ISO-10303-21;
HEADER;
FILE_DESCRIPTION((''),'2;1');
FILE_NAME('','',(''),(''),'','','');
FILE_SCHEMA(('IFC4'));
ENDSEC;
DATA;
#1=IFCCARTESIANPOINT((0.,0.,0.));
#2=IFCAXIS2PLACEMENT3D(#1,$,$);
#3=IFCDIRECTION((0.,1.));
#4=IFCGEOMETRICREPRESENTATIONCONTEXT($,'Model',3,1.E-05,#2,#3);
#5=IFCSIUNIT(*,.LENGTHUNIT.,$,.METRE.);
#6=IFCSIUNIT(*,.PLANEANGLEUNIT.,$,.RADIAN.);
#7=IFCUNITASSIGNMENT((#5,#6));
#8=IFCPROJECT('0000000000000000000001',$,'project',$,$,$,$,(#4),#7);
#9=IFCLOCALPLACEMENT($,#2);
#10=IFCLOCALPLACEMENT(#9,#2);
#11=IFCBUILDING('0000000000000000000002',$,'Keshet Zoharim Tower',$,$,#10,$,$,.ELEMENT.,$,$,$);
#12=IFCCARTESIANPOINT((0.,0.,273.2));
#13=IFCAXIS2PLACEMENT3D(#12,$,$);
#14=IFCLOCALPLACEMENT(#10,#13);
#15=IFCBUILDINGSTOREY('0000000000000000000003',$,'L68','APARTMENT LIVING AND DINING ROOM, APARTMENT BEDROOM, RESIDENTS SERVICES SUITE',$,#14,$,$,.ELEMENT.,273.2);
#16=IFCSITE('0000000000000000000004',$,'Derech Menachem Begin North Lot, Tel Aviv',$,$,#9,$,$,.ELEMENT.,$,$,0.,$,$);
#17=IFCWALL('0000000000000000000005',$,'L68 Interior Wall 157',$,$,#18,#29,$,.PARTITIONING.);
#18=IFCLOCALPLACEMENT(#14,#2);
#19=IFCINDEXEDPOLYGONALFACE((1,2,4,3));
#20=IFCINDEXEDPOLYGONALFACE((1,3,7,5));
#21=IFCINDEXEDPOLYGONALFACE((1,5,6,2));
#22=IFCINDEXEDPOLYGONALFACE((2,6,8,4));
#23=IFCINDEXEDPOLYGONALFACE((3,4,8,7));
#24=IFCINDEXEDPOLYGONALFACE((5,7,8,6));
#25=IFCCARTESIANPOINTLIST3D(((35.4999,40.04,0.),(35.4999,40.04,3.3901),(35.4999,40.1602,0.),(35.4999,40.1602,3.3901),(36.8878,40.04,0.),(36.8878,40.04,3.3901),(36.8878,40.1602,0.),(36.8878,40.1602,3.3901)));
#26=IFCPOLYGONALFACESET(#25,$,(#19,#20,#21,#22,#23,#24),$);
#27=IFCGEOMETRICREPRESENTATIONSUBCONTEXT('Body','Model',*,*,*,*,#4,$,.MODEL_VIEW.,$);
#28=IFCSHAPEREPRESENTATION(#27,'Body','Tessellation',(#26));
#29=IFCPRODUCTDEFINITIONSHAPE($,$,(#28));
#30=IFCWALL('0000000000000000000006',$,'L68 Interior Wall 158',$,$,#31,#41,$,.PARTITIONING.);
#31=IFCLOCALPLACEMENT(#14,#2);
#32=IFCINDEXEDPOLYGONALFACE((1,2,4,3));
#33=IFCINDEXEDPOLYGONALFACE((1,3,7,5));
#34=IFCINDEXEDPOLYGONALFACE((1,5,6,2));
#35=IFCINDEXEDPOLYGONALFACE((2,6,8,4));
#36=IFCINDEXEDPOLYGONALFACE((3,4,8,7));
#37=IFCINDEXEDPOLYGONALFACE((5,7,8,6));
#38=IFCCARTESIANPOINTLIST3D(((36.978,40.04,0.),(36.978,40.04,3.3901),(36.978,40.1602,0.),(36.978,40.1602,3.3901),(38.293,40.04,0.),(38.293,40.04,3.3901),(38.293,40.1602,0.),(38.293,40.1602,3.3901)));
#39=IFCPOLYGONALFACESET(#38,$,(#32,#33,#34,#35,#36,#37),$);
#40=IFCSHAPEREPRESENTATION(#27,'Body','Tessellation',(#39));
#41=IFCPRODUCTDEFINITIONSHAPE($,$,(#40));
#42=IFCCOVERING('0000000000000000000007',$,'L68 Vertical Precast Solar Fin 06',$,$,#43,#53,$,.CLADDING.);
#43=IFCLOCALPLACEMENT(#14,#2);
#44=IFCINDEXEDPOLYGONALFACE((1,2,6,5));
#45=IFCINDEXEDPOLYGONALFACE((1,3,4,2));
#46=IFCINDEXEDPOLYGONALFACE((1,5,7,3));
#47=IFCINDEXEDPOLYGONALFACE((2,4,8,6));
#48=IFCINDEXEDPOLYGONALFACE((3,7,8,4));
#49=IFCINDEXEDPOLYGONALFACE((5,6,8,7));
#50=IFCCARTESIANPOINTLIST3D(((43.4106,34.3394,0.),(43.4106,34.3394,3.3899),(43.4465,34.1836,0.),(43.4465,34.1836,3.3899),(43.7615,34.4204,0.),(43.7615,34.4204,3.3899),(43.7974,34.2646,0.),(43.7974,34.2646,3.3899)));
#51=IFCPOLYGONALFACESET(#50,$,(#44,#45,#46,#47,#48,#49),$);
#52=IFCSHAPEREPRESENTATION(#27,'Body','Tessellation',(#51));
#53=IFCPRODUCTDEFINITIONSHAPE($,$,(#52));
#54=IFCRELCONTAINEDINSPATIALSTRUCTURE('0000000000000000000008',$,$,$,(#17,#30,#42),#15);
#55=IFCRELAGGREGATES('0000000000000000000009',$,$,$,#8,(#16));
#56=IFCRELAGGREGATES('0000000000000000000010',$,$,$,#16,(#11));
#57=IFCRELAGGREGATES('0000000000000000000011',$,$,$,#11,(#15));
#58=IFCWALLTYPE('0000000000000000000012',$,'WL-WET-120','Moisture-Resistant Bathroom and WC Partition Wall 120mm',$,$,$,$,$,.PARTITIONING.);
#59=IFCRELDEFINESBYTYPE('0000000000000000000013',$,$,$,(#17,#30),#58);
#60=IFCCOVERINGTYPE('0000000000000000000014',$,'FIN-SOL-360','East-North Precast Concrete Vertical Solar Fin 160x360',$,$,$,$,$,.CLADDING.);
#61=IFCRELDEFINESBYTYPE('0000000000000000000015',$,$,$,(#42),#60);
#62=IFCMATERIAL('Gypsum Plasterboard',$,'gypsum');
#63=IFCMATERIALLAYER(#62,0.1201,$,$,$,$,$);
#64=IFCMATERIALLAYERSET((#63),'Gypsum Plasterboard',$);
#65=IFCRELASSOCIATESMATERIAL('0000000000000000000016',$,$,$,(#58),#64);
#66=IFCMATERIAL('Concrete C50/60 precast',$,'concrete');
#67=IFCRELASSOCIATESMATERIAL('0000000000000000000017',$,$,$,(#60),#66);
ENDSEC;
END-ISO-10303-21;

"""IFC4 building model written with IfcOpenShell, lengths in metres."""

from ifc_helpers import new_model, si_unit, direction, frame, frame_2d, origin, origin_2d, place, context, subcontext, project, spatial, rectangle, extrude, material, layer, layer_set, type_object, element, save


model = new_model("IFC4")

# Units and contexts
model_context = context("Model", 3, precision=1e-05, world=origin(), true_north=direction((0.0, 1.0)))
body_context = subcontext(model_context, "Body", "Model", "MODEL_VIEW")
ifc_project = project(units=[si_unit("LENGTHUNIT", "METRE"), si_unit("PLANEANGLEUNIT", "RADIAN")], contexts=[model_context])

# Site, building, storey
site_placement = place(None, origin())
site = spatial("IfcSite", under=ifc_project, at=site_placement, Name="Derech Menachem Begin North Lot, Tel Aviv", CompositionType="ELEMENT", RefElevation=0.0)
building_placement = place(site_placement, origin())
building = spatial("IfcBuilding", under=site, at=building_placement, Name="Keshet Zoharim Tower", CompositionType="ELEMENT")
storey_placement = place(building_placement, frame((0.0, 0.0, 273.2)))
storey = spatial("IfcBuildingStorey", under=building, at=storey_placement, Name="L68", Description="APARTMENT LIVING AND DINING ROOM, APARTMENT BEDROOM, RESIDENTS SERVICES SUITE", CompositionType="ELEMENT", Elevation=273.2)

# Shared definitions
ifc_material_1 = material(Name="Gypsum Plasterboard", Category="gypsum")

# Shared definitions
ifc_layer_1 = layer(ifc_material_1, 0.1201)
ifc_layer_set_1 = layer_set([ifc_layer_1], Name="Gypsum Plasterboard")
wall_type_1 = type_object("IfcWallType", Name="WL-WET-120", Description="Moisture-Resistant Bathroom and WC Partition Wall 120mm", PredefinedType="PARTITIONING", material=ifc_layer_set_1)

# Walls
wall_1_placement = place(storey_placement, frame((35.5, 40.1001, 0.0), z_axis=(0.0, 0.0, 1.0), x_axis=(1.0, 0.0, 0.0)))
element("IfcWall", 1, at=wall_1_placement, inside=storey, type_object=wall_type_1, Name="L68 Interior Wall 157", PredefinedType="PARTITIONING", context=body_context, shape_type="SweptSolid", body=[
    extrude(rectangle(XDim=1.3879, YDim=0.1201, at=frame_2d((0.6938, 0.0))), origin(), (0.0, 0.0, 1.0), 3.3901),
])
wall_2_placement = place(storey_placement, frame((36.978, 40.1001, 0.0), z_axis=(0.0, 0.0, 1.0), x_axis=(1.0, 0.0, 0.0)))
element("IfcWall", 2, at=wall_2_placement, inside=storey, type_object=wall_type_1, Name="L68 Interior Wall 158", PredefinedType="PARTITIONING", context=body_context, shape_type="SweptSolid", body=[
    extrude(rectangle(XDim=1.3149, YDim=0.1201, at=frame_2d((0.6575, 0.0))), origin(), (0.0, 0.0, 1.0), 3.3901),
])

# Covering
ifc_material_2 = material(Name="Concrete C50/60 precast", Category="concrete")
covering_type = type_object("IfcCoveringType", Name="FIN-SOL-360", Description="East-North Precast Concrete Vertical Solar Fin 160x360", PredefinedType="CLADDING", material=ifc_material_2)
covering_placement = place(storey_placement, frame((43.604, 34.302, 0.0), z_axis=(0.0, 0.0, 1.0), x_axis=(0.22483, -0.974398, 0.0)))
element("IfcCovering", 3, at=covering_placement, inside=storey, type_object=covering_type, Name="L68 Vertical Precast Solar Fin 06", PredefinedType="CLADDING", context=body_context, shape_type="SweptSolid", body=[
    extrude(rectangle(XDim=0.1599, YDim=0.3601, at=origin_2d()), origin(), (0.0, 0.0, 1.0), 3.3899),
])

save(model, "model.ifc")
